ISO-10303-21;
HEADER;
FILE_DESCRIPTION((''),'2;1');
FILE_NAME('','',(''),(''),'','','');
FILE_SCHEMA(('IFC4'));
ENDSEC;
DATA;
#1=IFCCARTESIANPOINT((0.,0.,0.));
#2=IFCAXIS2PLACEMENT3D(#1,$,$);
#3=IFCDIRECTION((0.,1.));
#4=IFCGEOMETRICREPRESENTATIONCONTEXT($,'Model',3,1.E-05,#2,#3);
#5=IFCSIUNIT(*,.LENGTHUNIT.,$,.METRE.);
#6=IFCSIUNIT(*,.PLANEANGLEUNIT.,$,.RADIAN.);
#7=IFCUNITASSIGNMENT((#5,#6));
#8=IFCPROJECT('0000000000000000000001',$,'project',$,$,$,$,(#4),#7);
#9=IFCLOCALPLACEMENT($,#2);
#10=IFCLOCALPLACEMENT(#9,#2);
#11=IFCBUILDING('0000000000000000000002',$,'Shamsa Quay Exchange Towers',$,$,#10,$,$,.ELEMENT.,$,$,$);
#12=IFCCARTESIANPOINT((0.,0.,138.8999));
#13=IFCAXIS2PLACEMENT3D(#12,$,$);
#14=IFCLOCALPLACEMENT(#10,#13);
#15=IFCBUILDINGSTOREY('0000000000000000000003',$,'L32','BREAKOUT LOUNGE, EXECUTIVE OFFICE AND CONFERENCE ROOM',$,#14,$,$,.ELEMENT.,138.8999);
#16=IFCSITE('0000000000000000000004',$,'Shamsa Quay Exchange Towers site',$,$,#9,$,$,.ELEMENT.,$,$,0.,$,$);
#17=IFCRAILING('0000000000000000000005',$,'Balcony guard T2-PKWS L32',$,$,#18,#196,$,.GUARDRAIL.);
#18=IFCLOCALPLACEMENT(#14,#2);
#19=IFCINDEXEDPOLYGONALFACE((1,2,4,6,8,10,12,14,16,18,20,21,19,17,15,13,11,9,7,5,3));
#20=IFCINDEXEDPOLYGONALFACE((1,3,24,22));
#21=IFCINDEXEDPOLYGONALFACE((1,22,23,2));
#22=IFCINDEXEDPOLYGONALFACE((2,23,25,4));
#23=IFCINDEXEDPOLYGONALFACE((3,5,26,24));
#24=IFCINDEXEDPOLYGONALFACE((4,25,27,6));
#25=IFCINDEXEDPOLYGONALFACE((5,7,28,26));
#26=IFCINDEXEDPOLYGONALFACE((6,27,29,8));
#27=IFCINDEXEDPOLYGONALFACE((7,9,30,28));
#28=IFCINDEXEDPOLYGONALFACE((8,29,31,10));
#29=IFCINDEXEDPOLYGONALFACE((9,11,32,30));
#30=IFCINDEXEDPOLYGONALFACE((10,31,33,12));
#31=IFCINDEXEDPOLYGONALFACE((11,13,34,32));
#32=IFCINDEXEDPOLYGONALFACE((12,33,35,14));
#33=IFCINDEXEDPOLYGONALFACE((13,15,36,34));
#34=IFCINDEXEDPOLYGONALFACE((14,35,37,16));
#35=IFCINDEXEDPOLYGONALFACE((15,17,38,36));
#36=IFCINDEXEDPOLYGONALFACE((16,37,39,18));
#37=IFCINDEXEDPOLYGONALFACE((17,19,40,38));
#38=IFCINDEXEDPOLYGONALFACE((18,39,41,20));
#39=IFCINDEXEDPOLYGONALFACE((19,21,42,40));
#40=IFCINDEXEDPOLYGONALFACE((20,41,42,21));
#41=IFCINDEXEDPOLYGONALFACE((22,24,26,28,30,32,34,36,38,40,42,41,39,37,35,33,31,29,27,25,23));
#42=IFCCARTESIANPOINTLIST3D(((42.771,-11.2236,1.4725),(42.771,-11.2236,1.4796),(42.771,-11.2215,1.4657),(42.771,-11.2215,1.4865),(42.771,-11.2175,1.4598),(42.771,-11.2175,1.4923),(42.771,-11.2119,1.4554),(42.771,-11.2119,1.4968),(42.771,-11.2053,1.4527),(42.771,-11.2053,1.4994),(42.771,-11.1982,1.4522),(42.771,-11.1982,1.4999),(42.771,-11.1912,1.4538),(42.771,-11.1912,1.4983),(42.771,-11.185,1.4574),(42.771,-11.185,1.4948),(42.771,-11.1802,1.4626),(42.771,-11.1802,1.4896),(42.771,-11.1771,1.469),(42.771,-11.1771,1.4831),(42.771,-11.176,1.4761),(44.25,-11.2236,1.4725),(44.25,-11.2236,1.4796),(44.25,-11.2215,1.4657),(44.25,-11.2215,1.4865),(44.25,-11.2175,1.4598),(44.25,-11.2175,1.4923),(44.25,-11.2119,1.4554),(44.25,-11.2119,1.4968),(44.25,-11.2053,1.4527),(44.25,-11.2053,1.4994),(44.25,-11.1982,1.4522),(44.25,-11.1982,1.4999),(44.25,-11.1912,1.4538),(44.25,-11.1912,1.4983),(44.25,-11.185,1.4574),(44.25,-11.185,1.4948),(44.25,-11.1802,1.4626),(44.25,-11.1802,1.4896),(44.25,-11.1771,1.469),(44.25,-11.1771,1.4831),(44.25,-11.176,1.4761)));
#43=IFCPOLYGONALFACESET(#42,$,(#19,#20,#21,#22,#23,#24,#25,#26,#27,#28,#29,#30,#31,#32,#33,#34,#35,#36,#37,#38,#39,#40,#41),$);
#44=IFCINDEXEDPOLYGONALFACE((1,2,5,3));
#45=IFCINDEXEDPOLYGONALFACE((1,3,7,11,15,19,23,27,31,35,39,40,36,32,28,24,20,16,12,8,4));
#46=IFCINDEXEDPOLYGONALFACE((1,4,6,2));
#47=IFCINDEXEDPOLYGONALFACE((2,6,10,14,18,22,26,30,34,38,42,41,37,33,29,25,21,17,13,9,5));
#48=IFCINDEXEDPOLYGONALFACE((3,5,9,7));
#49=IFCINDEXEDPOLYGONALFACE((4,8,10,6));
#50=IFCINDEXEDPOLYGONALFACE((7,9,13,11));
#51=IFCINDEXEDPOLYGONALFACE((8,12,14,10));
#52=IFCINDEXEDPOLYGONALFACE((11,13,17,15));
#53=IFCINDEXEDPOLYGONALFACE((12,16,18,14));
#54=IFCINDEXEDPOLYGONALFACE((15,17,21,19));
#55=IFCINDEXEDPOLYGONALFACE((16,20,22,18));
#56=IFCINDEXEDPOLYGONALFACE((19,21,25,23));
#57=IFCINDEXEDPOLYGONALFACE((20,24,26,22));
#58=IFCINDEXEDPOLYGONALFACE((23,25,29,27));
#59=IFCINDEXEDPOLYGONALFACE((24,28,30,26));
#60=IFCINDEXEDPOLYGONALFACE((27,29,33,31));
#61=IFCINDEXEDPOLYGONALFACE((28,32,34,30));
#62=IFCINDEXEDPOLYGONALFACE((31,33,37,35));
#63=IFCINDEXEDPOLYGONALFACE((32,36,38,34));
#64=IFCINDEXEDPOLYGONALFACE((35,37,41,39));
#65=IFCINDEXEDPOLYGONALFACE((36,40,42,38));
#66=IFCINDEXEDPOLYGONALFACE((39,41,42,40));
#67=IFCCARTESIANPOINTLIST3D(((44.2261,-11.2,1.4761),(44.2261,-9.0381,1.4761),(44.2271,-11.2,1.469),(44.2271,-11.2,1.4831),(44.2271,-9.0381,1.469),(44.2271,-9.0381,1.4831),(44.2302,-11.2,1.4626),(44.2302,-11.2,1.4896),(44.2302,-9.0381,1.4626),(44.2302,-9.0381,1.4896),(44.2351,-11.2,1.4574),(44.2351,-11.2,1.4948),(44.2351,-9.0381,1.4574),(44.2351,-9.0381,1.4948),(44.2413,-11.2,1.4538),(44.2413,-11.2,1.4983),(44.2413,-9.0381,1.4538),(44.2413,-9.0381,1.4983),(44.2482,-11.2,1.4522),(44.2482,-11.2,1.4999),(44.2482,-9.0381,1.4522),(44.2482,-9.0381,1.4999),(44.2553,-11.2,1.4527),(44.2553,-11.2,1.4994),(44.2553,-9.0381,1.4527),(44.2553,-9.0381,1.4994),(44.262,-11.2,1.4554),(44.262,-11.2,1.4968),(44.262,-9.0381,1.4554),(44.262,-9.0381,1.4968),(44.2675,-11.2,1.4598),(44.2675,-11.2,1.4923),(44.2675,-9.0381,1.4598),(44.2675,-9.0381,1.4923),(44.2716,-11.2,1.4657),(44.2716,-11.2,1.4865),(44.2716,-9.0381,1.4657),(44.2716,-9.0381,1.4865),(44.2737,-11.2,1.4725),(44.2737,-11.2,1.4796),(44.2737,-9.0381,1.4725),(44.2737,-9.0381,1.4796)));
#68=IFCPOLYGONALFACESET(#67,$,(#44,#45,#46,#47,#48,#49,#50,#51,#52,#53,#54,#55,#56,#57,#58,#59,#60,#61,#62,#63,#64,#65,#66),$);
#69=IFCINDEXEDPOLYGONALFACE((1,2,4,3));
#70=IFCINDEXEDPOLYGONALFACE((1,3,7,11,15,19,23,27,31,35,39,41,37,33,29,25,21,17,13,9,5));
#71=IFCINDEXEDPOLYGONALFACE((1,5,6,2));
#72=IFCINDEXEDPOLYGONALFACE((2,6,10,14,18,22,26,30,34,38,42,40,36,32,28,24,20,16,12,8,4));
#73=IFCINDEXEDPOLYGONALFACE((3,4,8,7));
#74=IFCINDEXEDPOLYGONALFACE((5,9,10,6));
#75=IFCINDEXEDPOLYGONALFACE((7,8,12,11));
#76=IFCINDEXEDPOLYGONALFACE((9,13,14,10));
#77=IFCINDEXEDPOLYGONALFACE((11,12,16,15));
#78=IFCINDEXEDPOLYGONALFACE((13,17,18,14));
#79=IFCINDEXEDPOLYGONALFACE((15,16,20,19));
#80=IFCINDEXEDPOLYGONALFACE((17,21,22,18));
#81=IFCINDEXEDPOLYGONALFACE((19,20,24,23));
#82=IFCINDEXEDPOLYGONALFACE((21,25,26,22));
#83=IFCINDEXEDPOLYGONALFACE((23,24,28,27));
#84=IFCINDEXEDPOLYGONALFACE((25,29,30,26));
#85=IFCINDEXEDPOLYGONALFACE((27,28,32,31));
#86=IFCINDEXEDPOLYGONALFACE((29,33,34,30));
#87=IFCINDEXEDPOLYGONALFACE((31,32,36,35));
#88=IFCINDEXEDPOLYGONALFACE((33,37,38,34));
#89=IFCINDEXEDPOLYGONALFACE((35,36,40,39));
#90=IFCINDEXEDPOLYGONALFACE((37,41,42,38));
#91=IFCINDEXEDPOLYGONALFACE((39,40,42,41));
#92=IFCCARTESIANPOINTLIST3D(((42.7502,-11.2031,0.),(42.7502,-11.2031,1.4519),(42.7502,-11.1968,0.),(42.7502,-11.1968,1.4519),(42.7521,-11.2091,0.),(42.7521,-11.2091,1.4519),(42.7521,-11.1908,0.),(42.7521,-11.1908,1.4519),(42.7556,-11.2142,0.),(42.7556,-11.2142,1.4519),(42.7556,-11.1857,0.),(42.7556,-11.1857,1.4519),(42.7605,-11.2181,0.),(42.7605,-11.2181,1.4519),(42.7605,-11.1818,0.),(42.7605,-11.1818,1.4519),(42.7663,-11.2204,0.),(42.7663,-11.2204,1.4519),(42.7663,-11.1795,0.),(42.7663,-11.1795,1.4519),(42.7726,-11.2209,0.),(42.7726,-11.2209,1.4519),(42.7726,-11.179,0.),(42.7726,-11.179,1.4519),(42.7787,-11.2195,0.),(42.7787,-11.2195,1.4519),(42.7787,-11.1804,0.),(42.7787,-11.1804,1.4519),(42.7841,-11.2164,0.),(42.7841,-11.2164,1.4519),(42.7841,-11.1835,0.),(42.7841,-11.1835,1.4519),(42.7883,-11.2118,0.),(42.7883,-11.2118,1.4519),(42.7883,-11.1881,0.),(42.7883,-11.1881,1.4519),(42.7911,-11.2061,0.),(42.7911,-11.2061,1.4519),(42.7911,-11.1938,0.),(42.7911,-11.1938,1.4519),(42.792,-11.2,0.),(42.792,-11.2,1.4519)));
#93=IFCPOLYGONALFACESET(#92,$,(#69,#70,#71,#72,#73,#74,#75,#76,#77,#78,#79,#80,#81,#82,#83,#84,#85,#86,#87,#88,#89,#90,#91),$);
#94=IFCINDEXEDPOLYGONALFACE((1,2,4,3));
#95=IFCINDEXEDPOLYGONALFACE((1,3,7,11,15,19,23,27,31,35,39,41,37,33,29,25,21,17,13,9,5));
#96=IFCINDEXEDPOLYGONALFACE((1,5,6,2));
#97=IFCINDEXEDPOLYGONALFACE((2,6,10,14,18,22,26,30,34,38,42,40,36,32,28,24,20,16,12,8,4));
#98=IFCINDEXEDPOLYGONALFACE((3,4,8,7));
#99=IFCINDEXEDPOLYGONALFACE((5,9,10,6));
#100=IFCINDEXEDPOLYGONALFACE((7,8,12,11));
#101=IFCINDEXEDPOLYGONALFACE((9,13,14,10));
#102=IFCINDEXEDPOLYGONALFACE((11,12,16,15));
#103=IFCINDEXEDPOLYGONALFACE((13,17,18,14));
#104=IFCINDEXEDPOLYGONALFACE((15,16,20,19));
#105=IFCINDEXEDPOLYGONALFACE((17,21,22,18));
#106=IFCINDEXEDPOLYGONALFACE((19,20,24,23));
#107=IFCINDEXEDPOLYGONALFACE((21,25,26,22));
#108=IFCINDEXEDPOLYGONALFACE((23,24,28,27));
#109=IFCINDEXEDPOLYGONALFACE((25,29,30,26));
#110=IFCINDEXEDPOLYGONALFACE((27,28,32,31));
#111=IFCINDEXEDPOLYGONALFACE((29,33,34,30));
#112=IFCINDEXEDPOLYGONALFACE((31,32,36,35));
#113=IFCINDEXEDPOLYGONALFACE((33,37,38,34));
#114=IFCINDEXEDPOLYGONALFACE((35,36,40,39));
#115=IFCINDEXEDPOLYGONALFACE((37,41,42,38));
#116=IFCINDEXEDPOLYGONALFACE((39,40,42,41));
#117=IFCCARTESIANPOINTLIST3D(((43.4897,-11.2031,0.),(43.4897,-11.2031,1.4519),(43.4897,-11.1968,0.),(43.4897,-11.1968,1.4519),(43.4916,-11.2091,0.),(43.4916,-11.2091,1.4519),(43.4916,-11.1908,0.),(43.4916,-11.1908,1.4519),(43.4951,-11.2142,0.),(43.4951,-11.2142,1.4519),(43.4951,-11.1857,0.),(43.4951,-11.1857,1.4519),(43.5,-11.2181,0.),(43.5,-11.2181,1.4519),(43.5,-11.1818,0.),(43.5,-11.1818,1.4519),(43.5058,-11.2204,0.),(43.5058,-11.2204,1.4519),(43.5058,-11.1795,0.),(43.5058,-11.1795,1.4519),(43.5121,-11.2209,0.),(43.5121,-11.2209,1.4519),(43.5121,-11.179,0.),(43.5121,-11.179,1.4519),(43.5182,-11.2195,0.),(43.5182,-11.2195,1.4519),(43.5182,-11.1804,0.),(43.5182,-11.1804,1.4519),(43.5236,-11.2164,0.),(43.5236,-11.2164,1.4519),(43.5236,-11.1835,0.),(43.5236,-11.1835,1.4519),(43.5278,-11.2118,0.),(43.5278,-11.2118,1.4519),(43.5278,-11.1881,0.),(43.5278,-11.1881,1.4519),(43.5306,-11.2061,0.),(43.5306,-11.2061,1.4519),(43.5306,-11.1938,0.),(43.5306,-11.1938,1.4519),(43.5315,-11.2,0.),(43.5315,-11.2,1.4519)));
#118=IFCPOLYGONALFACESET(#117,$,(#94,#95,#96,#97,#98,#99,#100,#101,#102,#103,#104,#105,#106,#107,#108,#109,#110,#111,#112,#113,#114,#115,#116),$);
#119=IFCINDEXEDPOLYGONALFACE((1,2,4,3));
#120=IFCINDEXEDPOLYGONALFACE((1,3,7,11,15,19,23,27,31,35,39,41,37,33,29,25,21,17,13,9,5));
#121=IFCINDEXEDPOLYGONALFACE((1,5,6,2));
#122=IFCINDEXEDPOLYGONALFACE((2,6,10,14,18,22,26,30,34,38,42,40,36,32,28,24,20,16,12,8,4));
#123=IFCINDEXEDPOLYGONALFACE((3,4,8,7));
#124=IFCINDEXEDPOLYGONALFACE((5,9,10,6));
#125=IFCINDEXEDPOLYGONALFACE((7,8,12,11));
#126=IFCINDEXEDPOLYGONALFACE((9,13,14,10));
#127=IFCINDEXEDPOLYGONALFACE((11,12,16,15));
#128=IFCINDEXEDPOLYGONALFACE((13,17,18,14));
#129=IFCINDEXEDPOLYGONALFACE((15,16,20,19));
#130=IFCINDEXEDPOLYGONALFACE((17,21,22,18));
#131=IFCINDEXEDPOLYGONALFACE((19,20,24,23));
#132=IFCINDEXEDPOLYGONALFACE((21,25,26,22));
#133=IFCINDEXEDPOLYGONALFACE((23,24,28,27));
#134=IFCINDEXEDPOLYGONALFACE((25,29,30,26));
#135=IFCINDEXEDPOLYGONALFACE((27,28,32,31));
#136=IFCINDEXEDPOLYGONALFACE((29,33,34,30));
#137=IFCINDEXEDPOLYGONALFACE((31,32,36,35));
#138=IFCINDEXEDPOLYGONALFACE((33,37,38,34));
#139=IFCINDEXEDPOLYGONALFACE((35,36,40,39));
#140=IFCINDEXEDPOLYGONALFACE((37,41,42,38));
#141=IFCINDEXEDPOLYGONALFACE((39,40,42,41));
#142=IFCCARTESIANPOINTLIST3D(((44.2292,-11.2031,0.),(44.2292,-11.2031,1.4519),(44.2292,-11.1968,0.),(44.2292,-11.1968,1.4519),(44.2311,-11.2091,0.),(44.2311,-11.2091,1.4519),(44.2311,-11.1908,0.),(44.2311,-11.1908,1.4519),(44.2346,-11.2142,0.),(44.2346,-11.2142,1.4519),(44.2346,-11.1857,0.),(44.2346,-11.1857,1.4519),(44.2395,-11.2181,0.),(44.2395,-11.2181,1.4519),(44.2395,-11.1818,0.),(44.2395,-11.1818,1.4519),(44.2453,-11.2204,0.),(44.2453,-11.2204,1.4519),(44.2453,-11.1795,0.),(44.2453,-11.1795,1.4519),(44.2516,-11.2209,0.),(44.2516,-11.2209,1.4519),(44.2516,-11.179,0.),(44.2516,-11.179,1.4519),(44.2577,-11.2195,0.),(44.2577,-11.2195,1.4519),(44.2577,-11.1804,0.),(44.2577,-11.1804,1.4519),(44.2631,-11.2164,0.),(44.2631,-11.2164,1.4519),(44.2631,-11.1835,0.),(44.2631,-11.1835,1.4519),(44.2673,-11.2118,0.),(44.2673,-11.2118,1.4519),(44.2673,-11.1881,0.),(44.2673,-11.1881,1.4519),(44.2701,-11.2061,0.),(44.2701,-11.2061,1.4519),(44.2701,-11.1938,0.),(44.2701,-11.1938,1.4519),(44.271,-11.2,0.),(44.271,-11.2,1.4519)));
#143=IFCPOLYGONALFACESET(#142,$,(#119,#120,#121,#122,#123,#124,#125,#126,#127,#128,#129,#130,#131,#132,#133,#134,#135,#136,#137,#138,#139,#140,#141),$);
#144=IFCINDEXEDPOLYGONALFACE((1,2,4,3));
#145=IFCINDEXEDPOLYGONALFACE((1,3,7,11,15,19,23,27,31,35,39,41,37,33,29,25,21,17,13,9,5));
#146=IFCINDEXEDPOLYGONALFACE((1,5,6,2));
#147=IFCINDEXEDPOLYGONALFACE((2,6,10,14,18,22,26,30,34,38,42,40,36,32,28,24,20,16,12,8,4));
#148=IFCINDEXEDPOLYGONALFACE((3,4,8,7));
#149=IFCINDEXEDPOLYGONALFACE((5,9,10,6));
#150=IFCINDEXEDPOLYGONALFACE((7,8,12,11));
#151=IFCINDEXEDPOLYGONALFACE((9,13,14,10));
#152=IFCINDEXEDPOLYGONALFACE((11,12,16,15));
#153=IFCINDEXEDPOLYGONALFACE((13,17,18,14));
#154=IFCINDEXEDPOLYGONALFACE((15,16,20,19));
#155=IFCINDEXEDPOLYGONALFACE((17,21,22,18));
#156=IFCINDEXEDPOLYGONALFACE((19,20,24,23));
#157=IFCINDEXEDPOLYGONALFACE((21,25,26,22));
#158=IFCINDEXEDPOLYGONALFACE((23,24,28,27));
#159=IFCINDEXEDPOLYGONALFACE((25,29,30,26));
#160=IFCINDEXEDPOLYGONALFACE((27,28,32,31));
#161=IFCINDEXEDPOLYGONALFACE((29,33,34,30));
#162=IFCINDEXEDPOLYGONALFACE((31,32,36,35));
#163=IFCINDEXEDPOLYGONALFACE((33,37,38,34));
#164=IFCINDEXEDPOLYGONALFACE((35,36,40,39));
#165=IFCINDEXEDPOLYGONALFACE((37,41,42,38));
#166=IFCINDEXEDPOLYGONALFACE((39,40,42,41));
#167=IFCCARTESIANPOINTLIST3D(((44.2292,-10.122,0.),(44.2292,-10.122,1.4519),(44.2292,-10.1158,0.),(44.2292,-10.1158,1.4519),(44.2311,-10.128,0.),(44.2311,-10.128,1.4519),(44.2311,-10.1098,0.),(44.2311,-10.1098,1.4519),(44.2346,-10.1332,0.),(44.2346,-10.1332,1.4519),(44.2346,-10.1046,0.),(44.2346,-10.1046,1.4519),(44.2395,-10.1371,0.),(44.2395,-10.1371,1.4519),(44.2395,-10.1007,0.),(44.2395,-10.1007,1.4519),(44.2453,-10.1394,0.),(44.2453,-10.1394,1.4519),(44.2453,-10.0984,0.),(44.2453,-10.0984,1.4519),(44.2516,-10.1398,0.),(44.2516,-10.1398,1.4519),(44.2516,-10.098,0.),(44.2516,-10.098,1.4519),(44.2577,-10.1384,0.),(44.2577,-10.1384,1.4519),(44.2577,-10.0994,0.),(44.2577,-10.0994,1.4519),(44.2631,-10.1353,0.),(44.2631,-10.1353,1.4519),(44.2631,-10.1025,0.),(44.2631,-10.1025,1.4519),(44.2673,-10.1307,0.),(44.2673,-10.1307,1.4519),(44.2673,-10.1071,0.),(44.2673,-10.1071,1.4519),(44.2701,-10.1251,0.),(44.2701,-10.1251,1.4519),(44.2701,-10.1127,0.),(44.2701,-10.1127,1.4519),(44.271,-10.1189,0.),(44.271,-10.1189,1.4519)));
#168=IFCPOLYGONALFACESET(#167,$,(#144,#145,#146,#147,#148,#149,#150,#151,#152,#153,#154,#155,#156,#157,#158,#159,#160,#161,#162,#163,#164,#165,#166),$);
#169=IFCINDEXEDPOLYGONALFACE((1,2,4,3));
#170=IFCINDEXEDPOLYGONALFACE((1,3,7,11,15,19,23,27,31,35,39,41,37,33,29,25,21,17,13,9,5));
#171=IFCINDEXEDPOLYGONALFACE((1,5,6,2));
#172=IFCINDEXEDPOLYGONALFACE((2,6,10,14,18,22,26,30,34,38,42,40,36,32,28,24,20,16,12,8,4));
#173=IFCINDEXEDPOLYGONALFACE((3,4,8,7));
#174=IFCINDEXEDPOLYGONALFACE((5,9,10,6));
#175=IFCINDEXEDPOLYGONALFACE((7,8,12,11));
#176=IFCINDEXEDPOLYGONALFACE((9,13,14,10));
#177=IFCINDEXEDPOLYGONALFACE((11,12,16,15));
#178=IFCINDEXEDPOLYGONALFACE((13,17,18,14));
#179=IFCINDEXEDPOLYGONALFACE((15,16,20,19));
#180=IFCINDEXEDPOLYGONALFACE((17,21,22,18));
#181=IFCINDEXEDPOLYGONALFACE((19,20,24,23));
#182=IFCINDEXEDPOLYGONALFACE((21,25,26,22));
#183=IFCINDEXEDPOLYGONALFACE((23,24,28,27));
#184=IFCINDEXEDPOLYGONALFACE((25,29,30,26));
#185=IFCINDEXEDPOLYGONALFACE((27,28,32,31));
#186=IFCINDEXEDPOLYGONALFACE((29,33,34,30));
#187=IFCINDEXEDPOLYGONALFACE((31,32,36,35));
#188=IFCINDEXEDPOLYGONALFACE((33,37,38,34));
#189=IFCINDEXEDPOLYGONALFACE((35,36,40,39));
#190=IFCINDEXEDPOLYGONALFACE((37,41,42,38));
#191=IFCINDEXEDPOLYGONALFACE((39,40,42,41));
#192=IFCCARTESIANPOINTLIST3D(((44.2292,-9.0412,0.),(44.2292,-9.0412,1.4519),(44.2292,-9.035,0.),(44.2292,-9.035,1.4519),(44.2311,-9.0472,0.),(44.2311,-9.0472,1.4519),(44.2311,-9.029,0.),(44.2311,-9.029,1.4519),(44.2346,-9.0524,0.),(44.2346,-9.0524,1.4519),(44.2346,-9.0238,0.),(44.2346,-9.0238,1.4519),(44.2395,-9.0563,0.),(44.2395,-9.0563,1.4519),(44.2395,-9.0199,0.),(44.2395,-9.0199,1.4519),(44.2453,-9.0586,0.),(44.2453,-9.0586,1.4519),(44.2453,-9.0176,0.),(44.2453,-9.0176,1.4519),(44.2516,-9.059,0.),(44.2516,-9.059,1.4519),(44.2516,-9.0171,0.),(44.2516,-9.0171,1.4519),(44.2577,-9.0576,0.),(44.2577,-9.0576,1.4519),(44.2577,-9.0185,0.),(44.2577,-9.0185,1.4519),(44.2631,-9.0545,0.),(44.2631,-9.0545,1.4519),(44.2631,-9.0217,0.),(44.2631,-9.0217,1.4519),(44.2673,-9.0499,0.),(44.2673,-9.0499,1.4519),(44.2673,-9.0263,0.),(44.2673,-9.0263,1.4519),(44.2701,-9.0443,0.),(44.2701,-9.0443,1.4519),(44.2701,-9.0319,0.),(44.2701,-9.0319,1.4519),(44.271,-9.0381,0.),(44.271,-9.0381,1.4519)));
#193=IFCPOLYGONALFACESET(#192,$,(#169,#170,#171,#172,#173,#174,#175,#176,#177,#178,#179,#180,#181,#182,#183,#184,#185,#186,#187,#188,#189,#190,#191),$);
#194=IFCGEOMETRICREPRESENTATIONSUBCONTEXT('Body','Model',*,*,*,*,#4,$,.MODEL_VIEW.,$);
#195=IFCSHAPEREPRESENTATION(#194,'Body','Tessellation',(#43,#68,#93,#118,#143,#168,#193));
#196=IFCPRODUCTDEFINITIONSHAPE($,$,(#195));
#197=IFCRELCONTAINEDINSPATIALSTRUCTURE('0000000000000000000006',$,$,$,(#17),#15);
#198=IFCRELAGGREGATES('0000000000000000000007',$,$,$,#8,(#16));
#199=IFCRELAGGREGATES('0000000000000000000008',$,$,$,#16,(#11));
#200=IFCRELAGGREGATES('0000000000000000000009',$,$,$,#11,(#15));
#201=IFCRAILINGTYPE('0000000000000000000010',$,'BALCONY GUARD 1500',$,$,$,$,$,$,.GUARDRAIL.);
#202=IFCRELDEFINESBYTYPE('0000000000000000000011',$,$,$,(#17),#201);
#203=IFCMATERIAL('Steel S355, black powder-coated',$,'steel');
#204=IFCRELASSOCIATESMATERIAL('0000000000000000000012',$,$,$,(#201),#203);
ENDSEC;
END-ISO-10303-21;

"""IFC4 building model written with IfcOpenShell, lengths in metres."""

from ifc_helpers import new_model, si_unit, direction, frame, origin, origin_2d, place, context, subcontext, project, spatial, circle, extrude, material, type_object, element, save


model = new_model("IFC4")

# Units and contexts
model_context = context("Model", 3, precision=1e-05, world=origin(), true_north=direction((0.0, 1.0)))
body_context = subcontext(model_context, "Body", "Model", "MODEL_VIEW")
ifc_project = project(units=[si_unit("LENGTHUNIT", "METRE"), si_unit("PLANEANGLEUNIT", "RADIAN")], contexts=[model_context])

# Site, building, storey
site_placement = place(None, origin())
site = spatial("IfcSite", under=ifc_project, at=site_placement, Name="Shamsa Quay Exchange Towers site", CompositionType="ELEMENT", RefElevation=0.0)
building_placement = place(site_placement, origin())
building = spatial("IfcBuilding", under=site, at=building_placement, Name="Shamsa Quay Exchange Towers", CompositionType="ELEMENT")
storey_placement = place(building_placement, frame((0.0, 0.0, 138.8999)))
storey = spatial("IfcBuildingStorey", under=building, at=storey_placement, Name="L32", Description="BREAKOUT LOUNGE, EXECUTIVE OFFICE AND CONFERENCE ROOM", CompositionType="ELEMENT", Elevation=138.8999)

# Railing
ifc_material_1 = material(Name="Steel S355, black powder-coated", Category="steel")
railing_type = type_object("IfcRailingType", Name="BALCONY GUARD 1500", PredefinedType="GUARDRAIL", material=ifc_material_1)
for number, where, name in (
    (1, (42.771, -11.2, 0.0), "Balcony guard T2-PKWS L32"),
):
    element("IfcRailing", number, at=place(storey_placement, frame(where)), inside=storey, type_object=railing_type, Name=name, PredefinedType="GUARDRAIL", context=body_context, shape_type="SweptSolid", body=[
        extrude(circle(Radius=0.0239, at=origin_2d()), frame((0.0, 0.0, 1.4761), z_axis=(1.0, 0.0, 0.0), x_axis=(0.0, 1.0, 0.0)), (0.0, 0.0, 1.0), 1.479),
        extrude(circle(Radius=0.0239, at=origin_2d()), frame((1.479, 0.0, 1.4761), z_axis=(0.0, 1.0, 0.0), x_axis=(-1.0, 0.0, 0.0)), (0.0, 0.0, 1.0), 2.1619),
        extrude(circle(Radius=0.021, at=origin_2d()), origin(), (0.0, 0.0, 1.0), 1.4519),
        extrude(circle(Radius=0.021, at=origin_2d()), frame((0.7395, 0.0, 0.0)), (0.0, 0.0, 1.0), 1.4519),
        extrude(circle(Radius=0.021, at=origin_2d()), frame((1.479, 0.0, 0.0)), (0.0, 0.0, 1.0), 1.4519),
        extrude(circle(Radius=0.021, at=origin_2d()), frame((1.479, 1.0811, 0.0)), (0.0, 0.0, 1.0), 1.4519),
        extrude(circle(Radius=0.021, at=origin_2d()), frame((1.479, 2.1619, 0.0)), (0.0, 0.0, 1.0), 1.4519),
    ])

save(model, "model.ifc")
